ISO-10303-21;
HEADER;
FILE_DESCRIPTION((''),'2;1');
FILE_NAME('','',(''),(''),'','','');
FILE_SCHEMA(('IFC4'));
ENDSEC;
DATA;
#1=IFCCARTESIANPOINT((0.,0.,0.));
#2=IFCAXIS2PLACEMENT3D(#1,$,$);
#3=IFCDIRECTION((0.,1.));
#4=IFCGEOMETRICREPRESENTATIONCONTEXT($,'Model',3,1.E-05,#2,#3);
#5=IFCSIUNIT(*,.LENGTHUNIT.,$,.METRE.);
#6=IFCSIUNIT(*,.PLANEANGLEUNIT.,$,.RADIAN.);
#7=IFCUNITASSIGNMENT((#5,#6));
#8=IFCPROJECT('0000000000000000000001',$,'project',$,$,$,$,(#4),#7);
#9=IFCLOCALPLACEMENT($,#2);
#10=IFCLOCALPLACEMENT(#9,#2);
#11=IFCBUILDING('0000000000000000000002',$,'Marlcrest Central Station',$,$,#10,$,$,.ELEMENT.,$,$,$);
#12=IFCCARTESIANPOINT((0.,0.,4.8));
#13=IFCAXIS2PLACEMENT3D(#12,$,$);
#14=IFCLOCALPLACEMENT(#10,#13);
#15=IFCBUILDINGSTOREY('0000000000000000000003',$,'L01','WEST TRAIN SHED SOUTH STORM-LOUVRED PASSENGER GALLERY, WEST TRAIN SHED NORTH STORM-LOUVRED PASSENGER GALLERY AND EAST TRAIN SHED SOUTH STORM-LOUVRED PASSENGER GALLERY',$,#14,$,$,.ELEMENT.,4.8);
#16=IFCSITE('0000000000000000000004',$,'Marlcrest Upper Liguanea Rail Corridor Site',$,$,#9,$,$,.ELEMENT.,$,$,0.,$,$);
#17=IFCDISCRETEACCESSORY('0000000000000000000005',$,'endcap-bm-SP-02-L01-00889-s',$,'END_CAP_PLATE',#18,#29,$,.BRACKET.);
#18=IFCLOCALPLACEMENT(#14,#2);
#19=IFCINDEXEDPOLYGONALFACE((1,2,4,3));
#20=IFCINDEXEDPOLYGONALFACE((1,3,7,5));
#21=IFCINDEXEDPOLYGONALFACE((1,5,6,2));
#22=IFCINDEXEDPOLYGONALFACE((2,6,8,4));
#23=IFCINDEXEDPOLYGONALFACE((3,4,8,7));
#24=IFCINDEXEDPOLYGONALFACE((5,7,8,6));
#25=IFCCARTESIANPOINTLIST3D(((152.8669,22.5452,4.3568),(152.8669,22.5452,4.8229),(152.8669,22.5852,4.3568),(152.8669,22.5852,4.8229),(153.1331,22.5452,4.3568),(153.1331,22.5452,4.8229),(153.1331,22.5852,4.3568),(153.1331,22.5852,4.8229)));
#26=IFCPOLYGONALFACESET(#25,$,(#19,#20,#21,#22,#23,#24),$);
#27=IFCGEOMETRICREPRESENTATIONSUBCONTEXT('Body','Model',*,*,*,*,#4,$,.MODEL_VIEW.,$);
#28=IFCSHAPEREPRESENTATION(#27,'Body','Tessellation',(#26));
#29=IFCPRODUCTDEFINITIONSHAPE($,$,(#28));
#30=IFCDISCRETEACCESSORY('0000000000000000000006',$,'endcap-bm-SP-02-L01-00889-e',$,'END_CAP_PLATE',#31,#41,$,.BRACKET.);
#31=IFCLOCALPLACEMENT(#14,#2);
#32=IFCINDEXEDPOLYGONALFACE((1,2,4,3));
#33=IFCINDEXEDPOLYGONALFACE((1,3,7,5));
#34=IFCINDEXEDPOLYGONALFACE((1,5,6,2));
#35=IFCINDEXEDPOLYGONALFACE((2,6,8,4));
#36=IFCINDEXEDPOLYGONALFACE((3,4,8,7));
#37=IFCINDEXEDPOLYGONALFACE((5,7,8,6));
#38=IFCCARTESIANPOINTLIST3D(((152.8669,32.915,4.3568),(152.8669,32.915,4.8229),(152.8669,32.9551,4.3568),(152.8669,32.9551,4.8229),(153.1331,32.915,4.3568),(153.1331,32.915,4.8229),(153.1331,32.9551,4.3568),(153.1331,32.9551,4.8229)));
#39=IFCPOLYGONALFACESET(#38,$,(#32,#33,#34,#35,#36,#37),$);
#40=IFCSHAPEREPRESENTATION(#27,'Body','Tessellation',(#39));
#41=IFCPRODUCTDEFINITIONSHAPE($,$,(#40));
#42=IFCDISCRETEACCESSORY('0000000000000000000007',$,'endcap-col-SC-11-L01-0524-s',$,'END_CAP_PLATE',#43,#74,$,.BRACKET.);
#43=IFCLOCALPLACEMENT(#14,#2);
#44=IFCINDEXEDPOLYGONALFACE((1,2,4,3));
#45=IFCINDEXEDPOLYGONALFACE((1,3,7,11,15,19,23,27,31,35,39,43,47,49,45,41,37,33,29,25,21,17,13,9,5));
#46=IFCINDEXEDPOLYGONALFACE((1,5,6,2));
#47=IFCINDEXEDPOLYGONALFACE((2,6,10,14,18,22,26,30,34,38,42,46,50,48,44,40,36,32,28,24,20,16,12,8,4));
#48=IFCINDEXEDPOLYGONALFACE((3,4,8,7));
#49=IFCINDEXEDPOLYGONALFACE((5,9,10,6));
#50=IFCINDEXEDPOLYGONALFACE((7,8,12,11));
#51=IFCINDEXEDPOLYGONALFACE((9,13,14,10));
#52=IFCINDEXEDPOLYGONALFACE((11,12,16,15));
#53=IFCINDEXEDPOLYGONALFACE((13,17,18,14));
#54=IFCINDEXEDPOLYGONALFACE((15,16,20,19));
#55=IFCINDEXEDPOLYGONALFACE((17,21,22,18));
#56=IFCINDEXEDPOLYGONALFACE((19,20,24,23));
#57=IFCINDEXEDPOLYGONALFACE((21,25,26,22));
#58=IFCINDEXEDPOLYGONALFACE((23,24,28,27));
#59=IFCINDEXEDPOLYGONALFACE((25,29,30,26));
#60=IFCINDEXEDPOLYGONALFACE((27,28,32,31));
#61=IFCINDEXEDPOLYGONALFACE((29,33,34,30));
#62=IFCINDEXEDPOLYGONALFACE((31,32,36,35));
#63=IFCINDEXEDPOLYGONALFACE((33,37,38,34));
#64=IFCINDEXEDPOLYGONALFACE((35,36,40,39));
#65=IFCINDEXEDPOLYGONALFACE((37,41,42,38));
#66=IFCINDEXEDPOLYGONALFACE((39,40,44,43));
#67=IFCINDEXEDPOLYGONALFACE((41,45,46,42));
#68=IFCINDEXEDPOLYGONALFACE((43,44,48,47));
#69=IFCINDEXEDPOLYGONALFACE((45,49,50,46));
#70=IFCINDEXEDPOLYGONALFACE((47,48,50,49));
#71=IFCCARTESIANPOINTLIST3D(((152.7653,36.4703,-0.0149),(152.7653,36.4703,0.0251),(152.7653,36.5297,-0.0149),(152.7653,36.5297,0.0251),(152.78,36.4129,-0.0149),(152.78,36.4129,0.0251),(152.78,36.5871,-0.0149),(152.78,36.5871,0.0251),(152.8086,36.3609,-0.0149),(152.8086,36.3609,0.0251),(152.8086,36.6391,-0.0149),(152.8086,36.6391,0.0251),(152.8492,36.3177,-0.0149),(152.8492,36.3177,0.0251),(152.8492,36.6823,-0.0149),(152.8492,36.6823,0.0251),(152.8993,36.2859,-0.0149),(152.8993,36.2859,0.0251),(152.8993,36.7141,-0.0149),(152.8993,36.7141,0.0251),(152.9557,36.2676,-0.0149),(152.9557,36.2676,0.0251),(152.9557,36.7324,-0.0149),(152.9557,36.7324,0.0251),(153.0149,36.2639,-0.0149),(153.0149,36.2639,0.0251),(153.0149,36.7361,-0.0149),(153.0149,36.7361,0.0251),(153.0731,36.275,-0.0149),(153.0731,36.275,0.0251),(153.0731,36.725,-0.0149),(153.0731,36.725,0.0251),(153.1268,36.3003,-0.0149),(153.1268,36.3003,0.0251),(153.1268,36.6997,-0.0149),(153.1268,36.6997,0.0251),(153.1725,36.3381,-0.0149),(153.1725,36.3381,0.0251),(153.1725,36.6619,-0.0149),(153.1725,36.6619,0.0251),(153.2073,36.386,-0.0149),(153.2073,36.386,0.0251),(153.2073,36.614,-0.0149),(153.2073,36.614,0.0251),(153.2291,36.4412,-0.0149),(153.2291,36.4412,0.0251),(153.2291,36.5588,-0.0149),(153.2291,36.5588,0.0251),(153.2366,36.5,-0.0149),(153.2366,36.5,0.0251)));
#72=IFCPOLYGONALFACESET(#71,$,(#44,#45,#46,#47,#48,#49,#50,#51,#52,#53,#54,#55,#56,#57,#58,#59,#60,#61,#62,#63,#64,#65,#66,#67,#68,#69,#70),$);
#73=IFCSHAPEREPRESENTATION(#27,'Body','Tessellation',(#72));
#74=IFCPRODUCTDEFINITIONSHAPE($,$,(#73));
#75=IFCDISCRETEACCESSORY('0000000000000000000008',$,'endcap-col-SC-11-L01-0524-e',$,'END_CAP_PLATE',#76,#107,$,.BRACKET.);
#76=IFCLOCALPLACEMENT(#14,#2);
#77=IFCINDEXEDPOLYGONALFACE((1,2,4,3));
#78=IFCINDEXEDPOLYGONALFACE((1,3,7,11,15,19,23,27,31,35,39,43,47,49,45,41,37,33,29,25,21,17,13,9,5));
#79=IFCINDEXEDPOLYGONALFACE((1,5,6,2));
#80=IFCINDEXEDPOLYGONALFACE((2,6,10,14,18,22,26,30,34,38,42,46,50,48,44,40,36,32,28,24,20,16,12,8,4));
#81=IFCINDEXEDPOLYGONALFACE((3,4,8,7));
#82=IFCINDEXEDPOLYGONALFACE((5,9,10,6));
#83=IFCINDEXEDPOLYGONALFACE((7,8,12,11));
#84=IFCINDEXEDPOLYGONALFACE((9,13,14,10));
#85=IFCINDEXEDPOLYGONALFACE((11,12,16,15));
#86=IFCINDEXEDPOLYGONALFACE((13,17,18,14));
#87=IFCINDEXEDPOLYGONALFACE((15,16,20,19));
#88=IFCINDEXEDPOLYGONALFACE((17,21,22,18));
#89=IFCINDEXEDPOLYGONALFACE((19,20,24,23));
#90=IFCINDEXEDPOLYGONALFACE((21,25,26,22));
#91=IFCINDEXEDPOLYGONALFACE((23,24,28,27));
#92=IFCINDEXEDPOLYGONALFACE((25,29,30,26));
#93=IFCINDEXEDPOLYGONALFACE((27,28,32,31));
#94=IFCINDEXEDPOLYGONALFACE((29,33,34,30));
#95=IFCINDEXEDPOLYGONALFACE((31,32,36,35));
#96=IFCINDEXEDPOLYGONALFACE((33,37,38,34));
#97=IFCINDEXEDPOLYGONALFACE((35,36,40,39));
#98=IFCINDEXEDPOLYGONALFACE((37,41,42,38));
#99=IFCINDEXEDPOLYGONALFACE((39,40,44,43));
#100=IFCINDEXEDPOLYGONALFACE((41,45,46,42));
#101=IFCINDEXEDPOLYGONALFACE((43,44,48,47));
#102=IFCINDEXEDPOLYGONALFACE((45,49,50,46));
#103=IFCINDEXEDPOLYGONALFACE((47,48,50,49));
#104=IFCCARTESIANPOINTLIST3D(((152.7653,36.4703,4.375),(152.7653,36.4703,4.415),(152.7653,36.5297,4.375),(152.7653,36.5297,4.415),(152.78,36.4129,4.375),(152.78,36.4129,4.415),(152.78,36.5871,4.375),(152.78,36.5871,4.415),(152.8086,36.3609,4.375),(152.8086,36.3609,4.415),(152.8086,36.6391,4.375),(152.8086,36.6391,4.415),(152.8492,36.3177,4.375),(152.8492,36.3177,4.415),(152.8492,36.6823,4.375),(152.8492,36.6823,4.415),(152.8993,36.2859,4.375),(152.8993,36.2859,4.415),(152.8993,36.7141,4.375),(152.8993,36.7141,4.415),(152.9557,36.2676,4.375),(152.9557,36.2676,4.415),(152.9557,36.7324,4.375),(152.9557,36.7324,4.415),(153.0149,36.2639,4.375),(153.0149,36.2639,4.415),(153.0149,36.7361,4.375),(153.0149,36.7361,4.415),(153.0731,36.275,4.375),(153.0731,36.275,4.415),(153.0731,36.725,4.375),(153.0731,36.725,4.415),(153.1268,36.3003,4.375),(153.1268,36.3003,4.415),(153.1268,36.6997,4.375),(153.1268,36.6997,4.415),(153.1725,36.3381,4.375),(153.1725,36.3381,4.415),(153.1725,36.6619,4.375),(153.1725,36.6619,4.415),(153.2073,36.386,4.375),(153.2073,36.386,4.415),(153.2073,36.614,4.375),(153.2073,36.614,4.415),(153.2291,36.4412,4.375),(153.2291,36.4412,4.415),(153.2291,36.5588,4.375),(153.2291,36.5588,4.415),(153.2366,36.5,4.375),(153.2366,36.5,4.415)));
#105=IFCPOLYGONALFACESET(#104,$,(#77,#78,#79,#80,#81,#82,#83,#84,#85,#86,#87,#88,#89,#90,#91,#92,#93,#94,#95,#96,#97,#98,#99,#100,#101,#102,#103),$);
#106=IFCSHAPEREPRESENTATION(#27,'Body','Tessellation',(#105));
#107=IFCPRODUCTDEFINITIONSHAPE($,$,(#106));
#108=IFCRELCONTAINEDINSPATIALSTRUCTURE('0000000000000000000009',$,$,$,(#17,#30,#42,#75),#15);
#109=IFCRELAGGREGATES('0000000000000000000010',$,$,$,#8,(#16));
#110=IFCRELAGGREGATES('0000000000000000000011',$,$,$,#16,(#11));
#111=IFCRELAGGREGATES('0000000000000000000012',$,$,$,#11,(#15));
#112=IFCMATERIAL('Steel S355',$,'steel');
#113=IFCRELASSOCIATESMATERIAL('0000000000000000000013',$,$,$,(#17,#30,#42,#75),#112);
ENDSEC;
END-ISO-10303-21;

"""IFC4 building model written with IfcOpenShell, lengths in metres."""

from ifc_helpers import new_model, si_unit, direction, frame, origin, origin_2d, place, context, subcontext, project, spatial, rectangle, circle, extrude, material, element, save


model = new_model("IFC4")

# Units and contexts
model_context = context("Model", 3, precision=1e-05, world=origin(), true_north=direction((0.0, 1.0)))
body_context = subcontext(model_context, "Body", "Model", "MODEL_VIEW")
ifc_project = project(units=[si_unit("LENGTHUNIT", "METRE"), si_unit("PLANEANGLEUNIT", "RADIAN")], contexts=[model_context])

# Site, building, storey
site_placement = place(None, origin())
site = spatial("IfcSite", under=ifc_project, at=site_placement, Name="Marlcrest Upper Liguanea Rail Corridor Site", CompositionType="ELEMENT", RefElevation=0.0)
building_placement = place(site_placement, origin())
building = spatial("IfcBuilding", under=site, at=building_placement, Name="Marlcrest Central Station", CompositionType="ELEMENT")
storey_placement = place(building_placement, frame((0.0, 0.0, 4.8)))
storey = spatial("IfcBuildingStorey", under=building, at=storey_placement, Name="L01", Description="WEST TRAIN SHED SOUTH STORM-LOUVRED PASSENGER GALLERY, WEST TRAIN SHED NORTH STORM-LOUVRED PASSENGER GALLERY AND EAST TRAIN SHED SOUTH STORM-LOUVRED PASSENGER GALLERY", CompositionType="ELEMENT", Elevation=4.8)

# Shared definitions
ifc_material_1 = material(Name="Steel S355", Category="steel")

# Discrete accessories
for number, where, z_axis, x_axis, name in (
    (1, (153.0, 22.5452, 4.5898), (0.0, 1.0, 0.0), (-1.0, 0.0, 0.0), "endcap-bm-SP-02-L01-00889-s"),
    (2, (153.0, 32.915, 4.5898), (0.0, 1.0, 0.0), (-1.0, 0.0, 0.0), "endcap-bm-SP-02-L01-00889-e"),
):
    element("IfcDiscreteAccessory", number, at=place(storey_placement, frame(where, z_axis=z_axis, x_axis=x_axis)), inside=storey, material=ifc_material_1, Name=name, ObjectType="END_CAP_PLATE", PredefinedType="BRACKET", context=body_context, shape_type="SweptSolid", body=[
        extrude(rectangle(XDim=0.2661, YDim=0.4661, at=origin_2d()), origin(), (0.0, 0.0, 1.0), 0.04),
    ])
for number, where, z_axis, x_axis, name in (
    (3, (153.0, 36.5, -0.0149), (0.0, 0.0, 1.0), (1.0, 0.0, 0.0), "endcap-col-SC-11-L01-0524-s"),
    (4, (153.0, 36.5, 4.375), (0.0, 0.0, 1.0), (1.0, 0.0, 0.0), "endcap-col-SC-11-L01-0524-e"),
):
    element("IfcDiscreteAccessory", number, at=place(storey_placement, frame(where, z_axis=z_axis, x_axis=x_axis)), inside=storey, material=ifc_material_1, Name=name, ObjectType="END_CAP_PLATE", PredefinedType="BRACKET", context=body_context, shape_type="SweptSolid", body=[
        extrude(circle(Radius=0.2366, at=origin_2d()), origin(), (0.0, 0.0, 1.0), 0.04),
    ])

save(model, "model.ifc")
